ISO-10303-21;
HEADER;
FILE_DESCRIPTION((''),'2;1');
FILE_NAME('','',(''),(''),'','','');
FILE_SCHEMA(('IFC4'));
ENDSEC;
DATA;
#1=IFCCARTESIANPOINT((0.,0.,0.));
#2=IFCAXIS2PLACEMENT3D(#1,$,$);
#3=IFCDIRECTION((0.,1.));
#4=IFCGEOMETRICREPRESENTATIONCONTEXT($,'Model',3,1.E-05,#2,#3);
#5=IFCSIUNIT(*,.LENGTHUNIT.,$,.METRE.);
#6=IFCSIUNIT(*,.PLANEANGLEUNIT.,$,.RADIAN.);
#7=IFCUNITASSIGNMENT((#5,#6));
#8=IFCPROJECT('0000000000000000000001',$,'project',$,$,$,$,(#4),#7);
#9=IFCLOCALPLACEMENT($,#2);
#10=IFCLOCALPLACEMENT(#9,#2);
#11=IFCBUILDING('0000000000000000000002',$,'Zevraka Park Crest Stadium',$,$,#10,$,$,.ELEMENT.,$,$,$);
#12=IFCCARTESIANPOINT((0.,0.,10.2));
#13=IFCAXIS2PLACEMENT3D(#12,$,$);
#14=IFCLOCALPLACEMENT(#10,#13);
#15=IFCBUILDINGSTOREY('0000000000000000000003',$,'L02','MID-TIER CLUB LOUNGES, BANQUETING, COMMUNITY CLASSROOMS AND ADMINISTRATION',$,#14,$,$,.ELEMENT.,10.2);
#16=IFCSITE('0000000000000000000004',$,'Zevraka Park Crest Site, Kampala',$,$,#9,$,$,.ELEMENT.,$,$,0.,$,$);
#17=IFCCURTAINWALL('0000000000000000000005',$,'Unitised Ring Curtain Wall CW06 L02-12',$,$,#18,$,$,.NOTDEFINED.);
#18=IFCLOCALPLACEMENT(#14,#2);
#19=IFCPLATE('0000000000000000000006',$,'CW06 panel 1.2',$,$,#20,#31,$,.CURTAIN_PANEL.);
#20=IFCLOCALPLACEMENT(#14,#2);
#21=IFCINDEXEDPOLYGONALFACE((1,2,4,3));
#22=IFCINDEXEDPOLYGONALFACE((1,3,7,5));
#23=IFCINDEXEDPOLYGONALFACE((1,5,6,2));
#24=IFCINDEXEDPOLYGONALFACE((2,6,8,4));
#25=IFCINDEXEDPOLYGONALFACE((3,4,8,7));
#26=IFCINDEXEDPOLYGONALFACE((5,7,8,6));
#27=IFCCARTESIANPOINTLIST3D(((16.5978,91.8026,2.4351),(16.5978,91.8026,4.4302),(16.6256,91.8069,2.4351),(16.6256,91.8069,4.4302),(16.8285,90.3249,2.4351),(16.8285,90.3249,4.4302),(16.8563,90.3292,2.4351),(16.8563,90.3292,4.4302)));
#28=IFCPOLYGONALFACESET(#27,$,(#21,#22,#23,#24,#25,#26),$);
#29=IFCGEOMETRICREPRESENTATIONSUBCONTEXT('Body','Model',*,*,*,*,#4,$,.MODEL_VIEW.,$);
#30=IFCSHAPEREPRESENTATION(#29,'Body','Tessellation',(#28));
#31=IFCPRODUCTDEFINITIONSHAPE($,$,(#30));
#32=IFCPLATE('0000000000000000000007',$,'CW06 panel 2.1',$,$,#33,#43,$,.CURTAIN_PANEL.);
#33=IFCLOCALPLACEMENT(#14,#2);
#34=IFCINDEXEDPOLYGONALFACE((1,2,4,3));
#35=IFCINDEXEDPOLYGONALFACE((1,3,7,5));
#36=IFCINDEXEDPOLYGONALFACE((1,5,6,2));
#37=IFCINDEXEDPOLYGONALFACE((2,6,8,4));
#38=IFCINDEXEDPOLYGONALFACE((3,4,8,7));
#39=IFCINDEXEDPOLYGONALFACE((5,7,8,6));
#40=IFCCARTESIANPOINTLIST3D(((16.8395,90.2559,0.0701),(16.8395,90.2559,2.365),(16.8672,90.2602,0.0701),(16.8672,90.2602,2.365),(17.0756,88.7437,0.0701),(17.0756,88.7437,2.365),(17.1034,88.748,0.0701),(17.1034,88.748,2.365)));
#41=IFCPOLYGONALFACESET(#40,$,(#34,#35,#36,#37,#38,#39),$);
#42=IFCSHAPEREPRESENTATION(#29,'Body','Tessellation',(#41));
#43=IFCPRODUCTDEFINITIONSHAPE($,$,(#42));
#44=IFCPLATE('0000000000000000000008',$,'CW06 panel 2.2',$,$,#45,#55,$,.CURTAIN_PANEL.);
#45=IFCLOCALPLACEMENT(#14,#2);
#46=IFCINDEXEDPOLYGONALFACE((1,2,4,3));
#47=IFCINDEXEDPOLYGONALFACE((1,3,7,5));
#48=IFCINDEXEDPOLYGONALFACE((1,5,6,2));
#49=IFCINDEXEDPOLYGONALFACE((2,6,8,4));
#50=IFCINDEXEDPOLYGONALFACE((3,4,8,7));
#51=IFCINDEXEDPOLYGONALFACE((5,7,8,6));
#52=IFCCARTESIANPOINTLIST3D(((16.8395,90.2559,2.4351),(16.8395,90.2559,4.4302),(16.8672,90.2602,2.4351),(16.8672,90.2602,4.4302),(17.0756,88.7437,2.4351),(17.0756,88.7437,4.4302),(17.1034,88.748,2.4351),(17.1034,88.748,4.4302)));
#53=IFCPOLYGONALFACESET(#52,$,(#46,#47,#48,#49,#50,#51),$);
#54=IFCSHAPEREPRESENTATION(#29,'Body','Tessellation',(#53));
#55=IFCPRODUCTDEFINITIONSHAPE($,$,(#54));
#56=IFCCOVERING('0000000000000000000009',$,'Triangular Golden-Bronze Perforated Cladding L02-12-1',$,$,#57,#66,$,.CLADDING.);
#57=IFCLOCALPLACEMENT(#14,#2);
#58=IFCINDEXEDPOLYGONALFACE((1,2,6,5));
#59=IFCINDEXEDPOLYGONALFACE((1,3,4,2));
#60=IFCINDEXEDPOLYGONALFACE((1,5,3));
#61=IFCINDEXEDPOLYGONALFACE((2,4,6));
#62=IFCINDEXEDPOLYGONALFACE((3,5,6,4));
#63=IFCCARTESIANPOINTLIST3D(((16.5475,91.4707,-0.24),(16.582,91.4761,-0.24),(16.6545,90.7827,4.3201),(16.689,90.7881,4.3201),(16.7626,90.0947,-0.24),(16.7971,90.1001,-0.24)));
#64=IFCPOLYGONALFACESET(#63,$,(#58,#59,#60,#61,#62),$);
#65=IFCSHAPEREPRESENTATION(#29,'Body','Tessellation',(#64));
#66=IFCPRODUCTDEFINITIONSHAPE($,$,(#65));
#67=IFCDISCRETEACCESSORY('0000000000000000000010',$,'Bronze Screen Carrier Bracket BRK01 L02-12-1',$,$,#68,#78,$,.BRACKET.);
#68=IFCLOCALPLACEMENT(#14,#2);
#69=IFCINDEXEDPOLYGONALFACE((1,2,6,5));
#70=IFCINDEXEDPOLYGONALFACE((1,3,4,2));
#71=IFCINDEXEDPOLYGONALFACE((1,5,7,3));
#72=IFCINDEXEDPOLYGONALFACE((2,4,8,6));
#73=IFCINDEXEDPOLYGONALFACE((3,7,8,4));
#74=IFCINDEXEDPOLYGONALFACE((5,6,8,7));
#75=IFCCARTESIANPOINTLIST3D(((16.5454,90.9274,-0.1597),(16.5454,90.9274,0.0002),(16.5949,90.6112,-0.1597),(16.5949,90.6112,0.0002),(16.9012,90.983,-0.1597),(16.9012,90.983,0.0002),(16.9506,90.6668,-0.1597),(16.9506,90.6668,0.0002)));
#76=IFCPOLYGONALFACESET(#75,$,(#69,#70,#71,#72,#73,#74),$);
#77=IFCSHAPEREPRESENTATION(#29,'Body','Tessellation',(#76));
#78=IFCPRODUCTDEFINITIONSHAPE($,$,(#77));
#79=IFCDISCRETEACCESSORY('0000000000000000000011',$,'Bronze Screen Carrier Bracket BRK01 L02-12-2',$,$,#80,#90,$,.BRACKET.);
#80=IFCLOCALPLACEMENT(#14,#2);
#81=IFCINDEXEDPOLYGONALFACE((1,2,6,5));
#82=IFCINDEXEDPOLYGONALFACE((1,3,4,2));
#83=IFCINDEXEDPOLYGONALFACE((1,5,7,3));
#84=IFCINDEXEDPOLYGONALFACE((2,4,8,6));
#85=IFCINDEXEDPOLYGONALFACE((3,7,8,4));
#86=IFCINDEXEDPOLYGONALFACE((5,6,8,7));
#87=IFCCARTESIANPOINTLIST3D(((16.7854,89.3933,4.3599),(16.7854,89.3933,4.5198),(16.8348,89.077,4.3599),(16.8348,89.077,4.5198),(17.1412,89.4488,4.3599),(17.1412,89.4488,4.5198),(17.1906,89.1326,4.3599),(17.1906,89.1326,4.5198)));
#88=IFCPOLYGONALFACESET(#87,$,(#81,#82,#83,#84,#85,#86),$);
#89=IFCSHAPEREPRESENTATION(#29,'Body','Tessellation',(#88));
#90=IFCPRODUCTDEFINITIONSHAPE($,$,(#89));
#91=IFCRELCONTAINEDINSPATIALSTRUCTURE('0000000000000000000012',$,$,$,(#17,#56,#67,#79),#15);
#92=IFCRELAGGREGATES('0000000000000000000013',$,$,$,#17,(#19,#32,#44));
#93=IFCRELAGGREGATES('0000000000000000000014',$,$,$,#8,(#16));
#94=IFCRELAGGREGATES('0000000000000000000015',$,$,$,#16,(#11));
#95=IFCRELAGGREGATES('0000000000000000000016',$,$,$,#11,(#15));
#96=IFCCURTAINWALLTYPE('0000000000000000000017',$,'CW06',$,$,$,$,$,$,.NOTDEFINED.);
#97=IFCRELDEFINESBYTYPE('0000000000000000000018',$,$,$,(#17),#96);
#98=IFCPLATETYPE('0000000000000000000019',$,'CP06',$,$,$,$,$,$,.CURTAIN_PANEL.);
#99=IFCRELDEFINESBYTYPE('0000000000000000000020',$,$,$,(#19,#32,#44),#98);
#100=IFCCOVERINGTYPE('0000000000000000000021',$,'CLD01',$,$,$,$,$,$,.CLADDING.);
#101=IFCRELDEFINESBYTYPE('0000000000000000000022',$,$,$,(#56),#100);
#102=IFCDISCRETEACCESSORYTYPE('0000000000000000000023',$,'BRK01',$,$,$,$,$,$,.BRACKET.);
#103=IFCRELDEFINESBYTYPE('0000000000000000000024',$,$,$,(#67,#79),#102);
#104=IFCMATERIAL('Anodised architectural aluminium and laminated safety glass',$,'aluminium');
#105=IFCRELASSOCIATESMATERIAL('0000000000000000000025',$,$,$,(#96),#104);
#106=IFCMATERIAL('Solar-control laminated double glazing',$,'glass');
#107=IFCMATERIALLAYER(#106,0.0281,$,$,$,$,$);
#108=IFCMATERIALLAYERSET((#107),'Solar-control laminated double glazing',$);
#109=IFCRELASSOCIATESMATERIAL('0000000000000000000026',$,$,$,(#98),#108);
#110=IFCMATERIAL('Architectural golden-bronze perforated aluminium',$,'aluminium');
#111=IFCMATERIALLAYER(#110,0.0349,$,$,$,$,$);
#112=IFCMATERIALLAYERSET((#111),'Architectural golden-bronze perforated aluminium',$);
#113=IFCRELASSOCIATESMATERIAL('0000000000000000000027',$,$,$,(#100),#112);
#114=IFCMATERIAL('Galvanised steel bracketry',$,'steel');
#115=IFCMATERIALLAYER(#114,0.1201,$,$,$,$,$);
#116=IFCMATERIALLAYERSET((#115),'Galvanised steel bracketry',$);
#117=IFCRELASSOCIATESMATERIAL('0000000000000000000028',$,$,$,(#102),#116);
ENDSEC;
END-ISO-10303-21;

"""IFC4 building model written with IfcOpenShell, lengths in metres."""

from ifc_helpers import new_model, si_unit, direction, frame, origin, origin_2d, place, context, subcontext, project, spatial, polyline, rectangle, outline, extrude, material, layer, layer_set, type_object, element, aggregate, save


model = new_model("IFC4")

# Units and contexts
model_context = context("Model", 3, precision=1e-05, world=origin(), true_north=direction((0.0, 1.0)))
body_context = subcontext(model_context, "Body", "Model", "MODEL_VIEW")
ifc_project = project(units=[si_unit("LENGTHUNIT", "METRE"), si_unit("PLANEANGLEUNIT", "RADIAN")], contexts=[model_context])

# Site, building, storey
site_placement = place(None, origin())
site = spatial("IfcSite", under=ifc_project, at=site_placement, Name="Zevraka Park Crest Site, Kampala", CompositionType="ELEMENT", RefElevation=0.0)
building_placement = place(site_placement, origin())
building = spatial("IfcBuilding", under=site, at=building_placement, Name="Zevraka Park Crest Stadium", CompositionType="ELEMENT")
storey_placement = place(building_placement, frame((0.0, 0.0, 10.2)))
storey = spatial("IfcBuildingStorey", under=building, at=storey_placement, Name="L02", Description="MID-TIER CLUB LOUNGES, BANQUETING, COMMUNITY CLASSROOMS AND ADMINISTRATION", CompositionType="ELEMENT", Elevation=10.2)

# Shared definitions
ifc_material_1 = material(Name="Anodised architectural aluminium and laminated safety glass", Category="aluminium")
curtain_wall_type = type_object("IfcCurtainWallType", Name="CW06", PredefinedType="NOTDEFINED", material=ifc_material_1)

# Curtain wall
curtain_wall_1_placement = place(storey_placement, origin())
curtain_wall_1 = element("IfcCurtainWall", 1, at=curtain_wall_1_placement, inside=storey, type_object=curtain_wall_type, Name="Unitised Ring Curtain Wall CW06 L02-12", PredefinedType="NOTDEFINED")

# Plates
ifc_material_2 = material(Name="Solar-control laminated double glazing", Category="glass")
ifc_layer_1 = layer(ifc_material_2, 0.0281)
ifc_layer_set_1 = layer_set([ifc_layer_1], Name="Solar-control laminated double glazing")
plate_type = type_object("IfcPlateType", Name="CP06", PredefinedType="CURTAIN_PANEL", material=ifc_layer_set_1)
plate_1_placement = place(storey_placement, frame((16.7271, 91.0659, 2.4351), z_axis=(0.0, 0.0, 1.0), x_axis=(0.154274, -0.988028, 0.0)))
plate_1 = element("IfcPlate", 2, at=plate_1_placement, type_object=plate_type, Name="CW06 panel 1.2", PredefinedType="CURTAIN_PANEL", context=body_context, shape_type="SweptSolid", body=[
    extrude(rectangle(XDim=1.4956, YDim=0.0281, at=origin_2d()), origin(), (0.0, 0.0, 1.0), 1.9951),
])
plate_2_placement = place(storey_placement, frame((16.9714, 89.502, 0.0701), z_axis=(0.0, 0.0, 1.0), x_axis=(0.154274, -0.988028, 0.0)))
plate_2 = element("IfcPlate", 3, at=plate_2_placement, type_object=plate_type, Name="CW06 panel 2.1", PredefinedType="CURTAIN_PANEL", context=body_context, shape_type="SweptSolid", body=[
    extrude(rectangle(XDim=1.5305, YDim=0.0281, at=origin_2d()), origin(), (0.0, 0.0, 1.0), 2.2949),
])
plate_3_placement = place(storey_placement, frame((16.9714, 89.502, 2.4351), z_axis=(0.0, 0.0, 1.0), x_axis=(0.154274, -0.988028, 0.0)))
plate_3 = element("IfcPlate", 4, at=plate_3_placement, type_object=plate_type, Name="CW06 panel 2.2", PredefinedType="CURTAIN_PANEL", context=body_context, shape_type="SweptSolid", body=[
    extrude(rectangle(XDim=1.5305, YDim=0.0281, at=origin_2d()), origin(), (0.0, 0.0, 1.0), 1.9951),
])
aggregate(curtain_wall_1, [plate_1, plate_2, plate_3])

# Covering
ifc_material_3 = material(Name="Architectural golden-bronze perforated aluminium", Category="aluminium")
ifc_layer_2 = layer(ifc_material_3, 0.0349)
ifc_layer_set_2 = layer_set([ifc_layer_2], Name="Architectural golden-bronze perforated aluminium")
covering_type = type_object("IfcCoveringType", Name="CLD01", PredefinedType="CLADDING", material=ifc_layer_set_2)
covering_placement = place(storey_placement, frame((16.582, 91.4761, -0.24), z_axis=(0.988002, 0.154441, 0.000132), x_axis=(0.154441, -0.988002, 0.0)))
element("IfcCovering", 5, at=covering_placement, inside=storey, type_object=covering_type, Name="Triangular Golden-Bronze Perforated Cladding L02-12-1", PredefinedType="CLADDING", context=body_context, shape_type="SweptSolid", body=[
    extrude(outline(polyline([(0.0, 0.0), (1.3927, 0.0), (0.6962, -4.5601), (0.0, 0.0)])), origin(), (0.0, 0.0, -1.0), 0.0349),
])

# Discrete accessories
ifc_material_4 = material(Name="Galvanised steel bracketry", Category="steel")
ifc_layer_3 = layer(ifc_material_4, 0.1201)
ifc_layer_set_3 = layer_set([ifc_layer_3], Name="Galvanised steel bracketry")
discrete_accessory_type = type_object("IfcDiscreteAccessoryType", Name="BRK01", PredefinedType="BRACKET", material=ifc_layer_set_3)
for number, where, z_axis, x_axis, name in (
    (6, (16.748, 90.7971, -0.1597), (0.0, 0.0, 1.0), (0.154366, -0.988014, 0.0), "Bronze Screen Carrier Bracket BRK01 L02-12-1"),
    (7, (16.988, 89.2629, 4.3599), (0.0, 0.0, 1.0), (0.154366, -0.988014, 0.0), "Bronze Screen Carrier Bracket BRK01 L02-12-2"),
):
    element("IfcDiscreteAccessory", number, at=place(storey_placement, frame(where, z_axis=z_axis, x_axis=x_axis)), inside=storey, type_object=discrete_accessory_type, Name=name, PredefinedType="BRACKET", context=body_context, shape_type="SweptSolid", body=[
        extrude(rectangle(XDim=0.3201, YDim=0.3601, at=origin_2d()), origin(), (0.0, 0.0, 1.0), 0.1599),
    ])

save(model, "model.ifc")
